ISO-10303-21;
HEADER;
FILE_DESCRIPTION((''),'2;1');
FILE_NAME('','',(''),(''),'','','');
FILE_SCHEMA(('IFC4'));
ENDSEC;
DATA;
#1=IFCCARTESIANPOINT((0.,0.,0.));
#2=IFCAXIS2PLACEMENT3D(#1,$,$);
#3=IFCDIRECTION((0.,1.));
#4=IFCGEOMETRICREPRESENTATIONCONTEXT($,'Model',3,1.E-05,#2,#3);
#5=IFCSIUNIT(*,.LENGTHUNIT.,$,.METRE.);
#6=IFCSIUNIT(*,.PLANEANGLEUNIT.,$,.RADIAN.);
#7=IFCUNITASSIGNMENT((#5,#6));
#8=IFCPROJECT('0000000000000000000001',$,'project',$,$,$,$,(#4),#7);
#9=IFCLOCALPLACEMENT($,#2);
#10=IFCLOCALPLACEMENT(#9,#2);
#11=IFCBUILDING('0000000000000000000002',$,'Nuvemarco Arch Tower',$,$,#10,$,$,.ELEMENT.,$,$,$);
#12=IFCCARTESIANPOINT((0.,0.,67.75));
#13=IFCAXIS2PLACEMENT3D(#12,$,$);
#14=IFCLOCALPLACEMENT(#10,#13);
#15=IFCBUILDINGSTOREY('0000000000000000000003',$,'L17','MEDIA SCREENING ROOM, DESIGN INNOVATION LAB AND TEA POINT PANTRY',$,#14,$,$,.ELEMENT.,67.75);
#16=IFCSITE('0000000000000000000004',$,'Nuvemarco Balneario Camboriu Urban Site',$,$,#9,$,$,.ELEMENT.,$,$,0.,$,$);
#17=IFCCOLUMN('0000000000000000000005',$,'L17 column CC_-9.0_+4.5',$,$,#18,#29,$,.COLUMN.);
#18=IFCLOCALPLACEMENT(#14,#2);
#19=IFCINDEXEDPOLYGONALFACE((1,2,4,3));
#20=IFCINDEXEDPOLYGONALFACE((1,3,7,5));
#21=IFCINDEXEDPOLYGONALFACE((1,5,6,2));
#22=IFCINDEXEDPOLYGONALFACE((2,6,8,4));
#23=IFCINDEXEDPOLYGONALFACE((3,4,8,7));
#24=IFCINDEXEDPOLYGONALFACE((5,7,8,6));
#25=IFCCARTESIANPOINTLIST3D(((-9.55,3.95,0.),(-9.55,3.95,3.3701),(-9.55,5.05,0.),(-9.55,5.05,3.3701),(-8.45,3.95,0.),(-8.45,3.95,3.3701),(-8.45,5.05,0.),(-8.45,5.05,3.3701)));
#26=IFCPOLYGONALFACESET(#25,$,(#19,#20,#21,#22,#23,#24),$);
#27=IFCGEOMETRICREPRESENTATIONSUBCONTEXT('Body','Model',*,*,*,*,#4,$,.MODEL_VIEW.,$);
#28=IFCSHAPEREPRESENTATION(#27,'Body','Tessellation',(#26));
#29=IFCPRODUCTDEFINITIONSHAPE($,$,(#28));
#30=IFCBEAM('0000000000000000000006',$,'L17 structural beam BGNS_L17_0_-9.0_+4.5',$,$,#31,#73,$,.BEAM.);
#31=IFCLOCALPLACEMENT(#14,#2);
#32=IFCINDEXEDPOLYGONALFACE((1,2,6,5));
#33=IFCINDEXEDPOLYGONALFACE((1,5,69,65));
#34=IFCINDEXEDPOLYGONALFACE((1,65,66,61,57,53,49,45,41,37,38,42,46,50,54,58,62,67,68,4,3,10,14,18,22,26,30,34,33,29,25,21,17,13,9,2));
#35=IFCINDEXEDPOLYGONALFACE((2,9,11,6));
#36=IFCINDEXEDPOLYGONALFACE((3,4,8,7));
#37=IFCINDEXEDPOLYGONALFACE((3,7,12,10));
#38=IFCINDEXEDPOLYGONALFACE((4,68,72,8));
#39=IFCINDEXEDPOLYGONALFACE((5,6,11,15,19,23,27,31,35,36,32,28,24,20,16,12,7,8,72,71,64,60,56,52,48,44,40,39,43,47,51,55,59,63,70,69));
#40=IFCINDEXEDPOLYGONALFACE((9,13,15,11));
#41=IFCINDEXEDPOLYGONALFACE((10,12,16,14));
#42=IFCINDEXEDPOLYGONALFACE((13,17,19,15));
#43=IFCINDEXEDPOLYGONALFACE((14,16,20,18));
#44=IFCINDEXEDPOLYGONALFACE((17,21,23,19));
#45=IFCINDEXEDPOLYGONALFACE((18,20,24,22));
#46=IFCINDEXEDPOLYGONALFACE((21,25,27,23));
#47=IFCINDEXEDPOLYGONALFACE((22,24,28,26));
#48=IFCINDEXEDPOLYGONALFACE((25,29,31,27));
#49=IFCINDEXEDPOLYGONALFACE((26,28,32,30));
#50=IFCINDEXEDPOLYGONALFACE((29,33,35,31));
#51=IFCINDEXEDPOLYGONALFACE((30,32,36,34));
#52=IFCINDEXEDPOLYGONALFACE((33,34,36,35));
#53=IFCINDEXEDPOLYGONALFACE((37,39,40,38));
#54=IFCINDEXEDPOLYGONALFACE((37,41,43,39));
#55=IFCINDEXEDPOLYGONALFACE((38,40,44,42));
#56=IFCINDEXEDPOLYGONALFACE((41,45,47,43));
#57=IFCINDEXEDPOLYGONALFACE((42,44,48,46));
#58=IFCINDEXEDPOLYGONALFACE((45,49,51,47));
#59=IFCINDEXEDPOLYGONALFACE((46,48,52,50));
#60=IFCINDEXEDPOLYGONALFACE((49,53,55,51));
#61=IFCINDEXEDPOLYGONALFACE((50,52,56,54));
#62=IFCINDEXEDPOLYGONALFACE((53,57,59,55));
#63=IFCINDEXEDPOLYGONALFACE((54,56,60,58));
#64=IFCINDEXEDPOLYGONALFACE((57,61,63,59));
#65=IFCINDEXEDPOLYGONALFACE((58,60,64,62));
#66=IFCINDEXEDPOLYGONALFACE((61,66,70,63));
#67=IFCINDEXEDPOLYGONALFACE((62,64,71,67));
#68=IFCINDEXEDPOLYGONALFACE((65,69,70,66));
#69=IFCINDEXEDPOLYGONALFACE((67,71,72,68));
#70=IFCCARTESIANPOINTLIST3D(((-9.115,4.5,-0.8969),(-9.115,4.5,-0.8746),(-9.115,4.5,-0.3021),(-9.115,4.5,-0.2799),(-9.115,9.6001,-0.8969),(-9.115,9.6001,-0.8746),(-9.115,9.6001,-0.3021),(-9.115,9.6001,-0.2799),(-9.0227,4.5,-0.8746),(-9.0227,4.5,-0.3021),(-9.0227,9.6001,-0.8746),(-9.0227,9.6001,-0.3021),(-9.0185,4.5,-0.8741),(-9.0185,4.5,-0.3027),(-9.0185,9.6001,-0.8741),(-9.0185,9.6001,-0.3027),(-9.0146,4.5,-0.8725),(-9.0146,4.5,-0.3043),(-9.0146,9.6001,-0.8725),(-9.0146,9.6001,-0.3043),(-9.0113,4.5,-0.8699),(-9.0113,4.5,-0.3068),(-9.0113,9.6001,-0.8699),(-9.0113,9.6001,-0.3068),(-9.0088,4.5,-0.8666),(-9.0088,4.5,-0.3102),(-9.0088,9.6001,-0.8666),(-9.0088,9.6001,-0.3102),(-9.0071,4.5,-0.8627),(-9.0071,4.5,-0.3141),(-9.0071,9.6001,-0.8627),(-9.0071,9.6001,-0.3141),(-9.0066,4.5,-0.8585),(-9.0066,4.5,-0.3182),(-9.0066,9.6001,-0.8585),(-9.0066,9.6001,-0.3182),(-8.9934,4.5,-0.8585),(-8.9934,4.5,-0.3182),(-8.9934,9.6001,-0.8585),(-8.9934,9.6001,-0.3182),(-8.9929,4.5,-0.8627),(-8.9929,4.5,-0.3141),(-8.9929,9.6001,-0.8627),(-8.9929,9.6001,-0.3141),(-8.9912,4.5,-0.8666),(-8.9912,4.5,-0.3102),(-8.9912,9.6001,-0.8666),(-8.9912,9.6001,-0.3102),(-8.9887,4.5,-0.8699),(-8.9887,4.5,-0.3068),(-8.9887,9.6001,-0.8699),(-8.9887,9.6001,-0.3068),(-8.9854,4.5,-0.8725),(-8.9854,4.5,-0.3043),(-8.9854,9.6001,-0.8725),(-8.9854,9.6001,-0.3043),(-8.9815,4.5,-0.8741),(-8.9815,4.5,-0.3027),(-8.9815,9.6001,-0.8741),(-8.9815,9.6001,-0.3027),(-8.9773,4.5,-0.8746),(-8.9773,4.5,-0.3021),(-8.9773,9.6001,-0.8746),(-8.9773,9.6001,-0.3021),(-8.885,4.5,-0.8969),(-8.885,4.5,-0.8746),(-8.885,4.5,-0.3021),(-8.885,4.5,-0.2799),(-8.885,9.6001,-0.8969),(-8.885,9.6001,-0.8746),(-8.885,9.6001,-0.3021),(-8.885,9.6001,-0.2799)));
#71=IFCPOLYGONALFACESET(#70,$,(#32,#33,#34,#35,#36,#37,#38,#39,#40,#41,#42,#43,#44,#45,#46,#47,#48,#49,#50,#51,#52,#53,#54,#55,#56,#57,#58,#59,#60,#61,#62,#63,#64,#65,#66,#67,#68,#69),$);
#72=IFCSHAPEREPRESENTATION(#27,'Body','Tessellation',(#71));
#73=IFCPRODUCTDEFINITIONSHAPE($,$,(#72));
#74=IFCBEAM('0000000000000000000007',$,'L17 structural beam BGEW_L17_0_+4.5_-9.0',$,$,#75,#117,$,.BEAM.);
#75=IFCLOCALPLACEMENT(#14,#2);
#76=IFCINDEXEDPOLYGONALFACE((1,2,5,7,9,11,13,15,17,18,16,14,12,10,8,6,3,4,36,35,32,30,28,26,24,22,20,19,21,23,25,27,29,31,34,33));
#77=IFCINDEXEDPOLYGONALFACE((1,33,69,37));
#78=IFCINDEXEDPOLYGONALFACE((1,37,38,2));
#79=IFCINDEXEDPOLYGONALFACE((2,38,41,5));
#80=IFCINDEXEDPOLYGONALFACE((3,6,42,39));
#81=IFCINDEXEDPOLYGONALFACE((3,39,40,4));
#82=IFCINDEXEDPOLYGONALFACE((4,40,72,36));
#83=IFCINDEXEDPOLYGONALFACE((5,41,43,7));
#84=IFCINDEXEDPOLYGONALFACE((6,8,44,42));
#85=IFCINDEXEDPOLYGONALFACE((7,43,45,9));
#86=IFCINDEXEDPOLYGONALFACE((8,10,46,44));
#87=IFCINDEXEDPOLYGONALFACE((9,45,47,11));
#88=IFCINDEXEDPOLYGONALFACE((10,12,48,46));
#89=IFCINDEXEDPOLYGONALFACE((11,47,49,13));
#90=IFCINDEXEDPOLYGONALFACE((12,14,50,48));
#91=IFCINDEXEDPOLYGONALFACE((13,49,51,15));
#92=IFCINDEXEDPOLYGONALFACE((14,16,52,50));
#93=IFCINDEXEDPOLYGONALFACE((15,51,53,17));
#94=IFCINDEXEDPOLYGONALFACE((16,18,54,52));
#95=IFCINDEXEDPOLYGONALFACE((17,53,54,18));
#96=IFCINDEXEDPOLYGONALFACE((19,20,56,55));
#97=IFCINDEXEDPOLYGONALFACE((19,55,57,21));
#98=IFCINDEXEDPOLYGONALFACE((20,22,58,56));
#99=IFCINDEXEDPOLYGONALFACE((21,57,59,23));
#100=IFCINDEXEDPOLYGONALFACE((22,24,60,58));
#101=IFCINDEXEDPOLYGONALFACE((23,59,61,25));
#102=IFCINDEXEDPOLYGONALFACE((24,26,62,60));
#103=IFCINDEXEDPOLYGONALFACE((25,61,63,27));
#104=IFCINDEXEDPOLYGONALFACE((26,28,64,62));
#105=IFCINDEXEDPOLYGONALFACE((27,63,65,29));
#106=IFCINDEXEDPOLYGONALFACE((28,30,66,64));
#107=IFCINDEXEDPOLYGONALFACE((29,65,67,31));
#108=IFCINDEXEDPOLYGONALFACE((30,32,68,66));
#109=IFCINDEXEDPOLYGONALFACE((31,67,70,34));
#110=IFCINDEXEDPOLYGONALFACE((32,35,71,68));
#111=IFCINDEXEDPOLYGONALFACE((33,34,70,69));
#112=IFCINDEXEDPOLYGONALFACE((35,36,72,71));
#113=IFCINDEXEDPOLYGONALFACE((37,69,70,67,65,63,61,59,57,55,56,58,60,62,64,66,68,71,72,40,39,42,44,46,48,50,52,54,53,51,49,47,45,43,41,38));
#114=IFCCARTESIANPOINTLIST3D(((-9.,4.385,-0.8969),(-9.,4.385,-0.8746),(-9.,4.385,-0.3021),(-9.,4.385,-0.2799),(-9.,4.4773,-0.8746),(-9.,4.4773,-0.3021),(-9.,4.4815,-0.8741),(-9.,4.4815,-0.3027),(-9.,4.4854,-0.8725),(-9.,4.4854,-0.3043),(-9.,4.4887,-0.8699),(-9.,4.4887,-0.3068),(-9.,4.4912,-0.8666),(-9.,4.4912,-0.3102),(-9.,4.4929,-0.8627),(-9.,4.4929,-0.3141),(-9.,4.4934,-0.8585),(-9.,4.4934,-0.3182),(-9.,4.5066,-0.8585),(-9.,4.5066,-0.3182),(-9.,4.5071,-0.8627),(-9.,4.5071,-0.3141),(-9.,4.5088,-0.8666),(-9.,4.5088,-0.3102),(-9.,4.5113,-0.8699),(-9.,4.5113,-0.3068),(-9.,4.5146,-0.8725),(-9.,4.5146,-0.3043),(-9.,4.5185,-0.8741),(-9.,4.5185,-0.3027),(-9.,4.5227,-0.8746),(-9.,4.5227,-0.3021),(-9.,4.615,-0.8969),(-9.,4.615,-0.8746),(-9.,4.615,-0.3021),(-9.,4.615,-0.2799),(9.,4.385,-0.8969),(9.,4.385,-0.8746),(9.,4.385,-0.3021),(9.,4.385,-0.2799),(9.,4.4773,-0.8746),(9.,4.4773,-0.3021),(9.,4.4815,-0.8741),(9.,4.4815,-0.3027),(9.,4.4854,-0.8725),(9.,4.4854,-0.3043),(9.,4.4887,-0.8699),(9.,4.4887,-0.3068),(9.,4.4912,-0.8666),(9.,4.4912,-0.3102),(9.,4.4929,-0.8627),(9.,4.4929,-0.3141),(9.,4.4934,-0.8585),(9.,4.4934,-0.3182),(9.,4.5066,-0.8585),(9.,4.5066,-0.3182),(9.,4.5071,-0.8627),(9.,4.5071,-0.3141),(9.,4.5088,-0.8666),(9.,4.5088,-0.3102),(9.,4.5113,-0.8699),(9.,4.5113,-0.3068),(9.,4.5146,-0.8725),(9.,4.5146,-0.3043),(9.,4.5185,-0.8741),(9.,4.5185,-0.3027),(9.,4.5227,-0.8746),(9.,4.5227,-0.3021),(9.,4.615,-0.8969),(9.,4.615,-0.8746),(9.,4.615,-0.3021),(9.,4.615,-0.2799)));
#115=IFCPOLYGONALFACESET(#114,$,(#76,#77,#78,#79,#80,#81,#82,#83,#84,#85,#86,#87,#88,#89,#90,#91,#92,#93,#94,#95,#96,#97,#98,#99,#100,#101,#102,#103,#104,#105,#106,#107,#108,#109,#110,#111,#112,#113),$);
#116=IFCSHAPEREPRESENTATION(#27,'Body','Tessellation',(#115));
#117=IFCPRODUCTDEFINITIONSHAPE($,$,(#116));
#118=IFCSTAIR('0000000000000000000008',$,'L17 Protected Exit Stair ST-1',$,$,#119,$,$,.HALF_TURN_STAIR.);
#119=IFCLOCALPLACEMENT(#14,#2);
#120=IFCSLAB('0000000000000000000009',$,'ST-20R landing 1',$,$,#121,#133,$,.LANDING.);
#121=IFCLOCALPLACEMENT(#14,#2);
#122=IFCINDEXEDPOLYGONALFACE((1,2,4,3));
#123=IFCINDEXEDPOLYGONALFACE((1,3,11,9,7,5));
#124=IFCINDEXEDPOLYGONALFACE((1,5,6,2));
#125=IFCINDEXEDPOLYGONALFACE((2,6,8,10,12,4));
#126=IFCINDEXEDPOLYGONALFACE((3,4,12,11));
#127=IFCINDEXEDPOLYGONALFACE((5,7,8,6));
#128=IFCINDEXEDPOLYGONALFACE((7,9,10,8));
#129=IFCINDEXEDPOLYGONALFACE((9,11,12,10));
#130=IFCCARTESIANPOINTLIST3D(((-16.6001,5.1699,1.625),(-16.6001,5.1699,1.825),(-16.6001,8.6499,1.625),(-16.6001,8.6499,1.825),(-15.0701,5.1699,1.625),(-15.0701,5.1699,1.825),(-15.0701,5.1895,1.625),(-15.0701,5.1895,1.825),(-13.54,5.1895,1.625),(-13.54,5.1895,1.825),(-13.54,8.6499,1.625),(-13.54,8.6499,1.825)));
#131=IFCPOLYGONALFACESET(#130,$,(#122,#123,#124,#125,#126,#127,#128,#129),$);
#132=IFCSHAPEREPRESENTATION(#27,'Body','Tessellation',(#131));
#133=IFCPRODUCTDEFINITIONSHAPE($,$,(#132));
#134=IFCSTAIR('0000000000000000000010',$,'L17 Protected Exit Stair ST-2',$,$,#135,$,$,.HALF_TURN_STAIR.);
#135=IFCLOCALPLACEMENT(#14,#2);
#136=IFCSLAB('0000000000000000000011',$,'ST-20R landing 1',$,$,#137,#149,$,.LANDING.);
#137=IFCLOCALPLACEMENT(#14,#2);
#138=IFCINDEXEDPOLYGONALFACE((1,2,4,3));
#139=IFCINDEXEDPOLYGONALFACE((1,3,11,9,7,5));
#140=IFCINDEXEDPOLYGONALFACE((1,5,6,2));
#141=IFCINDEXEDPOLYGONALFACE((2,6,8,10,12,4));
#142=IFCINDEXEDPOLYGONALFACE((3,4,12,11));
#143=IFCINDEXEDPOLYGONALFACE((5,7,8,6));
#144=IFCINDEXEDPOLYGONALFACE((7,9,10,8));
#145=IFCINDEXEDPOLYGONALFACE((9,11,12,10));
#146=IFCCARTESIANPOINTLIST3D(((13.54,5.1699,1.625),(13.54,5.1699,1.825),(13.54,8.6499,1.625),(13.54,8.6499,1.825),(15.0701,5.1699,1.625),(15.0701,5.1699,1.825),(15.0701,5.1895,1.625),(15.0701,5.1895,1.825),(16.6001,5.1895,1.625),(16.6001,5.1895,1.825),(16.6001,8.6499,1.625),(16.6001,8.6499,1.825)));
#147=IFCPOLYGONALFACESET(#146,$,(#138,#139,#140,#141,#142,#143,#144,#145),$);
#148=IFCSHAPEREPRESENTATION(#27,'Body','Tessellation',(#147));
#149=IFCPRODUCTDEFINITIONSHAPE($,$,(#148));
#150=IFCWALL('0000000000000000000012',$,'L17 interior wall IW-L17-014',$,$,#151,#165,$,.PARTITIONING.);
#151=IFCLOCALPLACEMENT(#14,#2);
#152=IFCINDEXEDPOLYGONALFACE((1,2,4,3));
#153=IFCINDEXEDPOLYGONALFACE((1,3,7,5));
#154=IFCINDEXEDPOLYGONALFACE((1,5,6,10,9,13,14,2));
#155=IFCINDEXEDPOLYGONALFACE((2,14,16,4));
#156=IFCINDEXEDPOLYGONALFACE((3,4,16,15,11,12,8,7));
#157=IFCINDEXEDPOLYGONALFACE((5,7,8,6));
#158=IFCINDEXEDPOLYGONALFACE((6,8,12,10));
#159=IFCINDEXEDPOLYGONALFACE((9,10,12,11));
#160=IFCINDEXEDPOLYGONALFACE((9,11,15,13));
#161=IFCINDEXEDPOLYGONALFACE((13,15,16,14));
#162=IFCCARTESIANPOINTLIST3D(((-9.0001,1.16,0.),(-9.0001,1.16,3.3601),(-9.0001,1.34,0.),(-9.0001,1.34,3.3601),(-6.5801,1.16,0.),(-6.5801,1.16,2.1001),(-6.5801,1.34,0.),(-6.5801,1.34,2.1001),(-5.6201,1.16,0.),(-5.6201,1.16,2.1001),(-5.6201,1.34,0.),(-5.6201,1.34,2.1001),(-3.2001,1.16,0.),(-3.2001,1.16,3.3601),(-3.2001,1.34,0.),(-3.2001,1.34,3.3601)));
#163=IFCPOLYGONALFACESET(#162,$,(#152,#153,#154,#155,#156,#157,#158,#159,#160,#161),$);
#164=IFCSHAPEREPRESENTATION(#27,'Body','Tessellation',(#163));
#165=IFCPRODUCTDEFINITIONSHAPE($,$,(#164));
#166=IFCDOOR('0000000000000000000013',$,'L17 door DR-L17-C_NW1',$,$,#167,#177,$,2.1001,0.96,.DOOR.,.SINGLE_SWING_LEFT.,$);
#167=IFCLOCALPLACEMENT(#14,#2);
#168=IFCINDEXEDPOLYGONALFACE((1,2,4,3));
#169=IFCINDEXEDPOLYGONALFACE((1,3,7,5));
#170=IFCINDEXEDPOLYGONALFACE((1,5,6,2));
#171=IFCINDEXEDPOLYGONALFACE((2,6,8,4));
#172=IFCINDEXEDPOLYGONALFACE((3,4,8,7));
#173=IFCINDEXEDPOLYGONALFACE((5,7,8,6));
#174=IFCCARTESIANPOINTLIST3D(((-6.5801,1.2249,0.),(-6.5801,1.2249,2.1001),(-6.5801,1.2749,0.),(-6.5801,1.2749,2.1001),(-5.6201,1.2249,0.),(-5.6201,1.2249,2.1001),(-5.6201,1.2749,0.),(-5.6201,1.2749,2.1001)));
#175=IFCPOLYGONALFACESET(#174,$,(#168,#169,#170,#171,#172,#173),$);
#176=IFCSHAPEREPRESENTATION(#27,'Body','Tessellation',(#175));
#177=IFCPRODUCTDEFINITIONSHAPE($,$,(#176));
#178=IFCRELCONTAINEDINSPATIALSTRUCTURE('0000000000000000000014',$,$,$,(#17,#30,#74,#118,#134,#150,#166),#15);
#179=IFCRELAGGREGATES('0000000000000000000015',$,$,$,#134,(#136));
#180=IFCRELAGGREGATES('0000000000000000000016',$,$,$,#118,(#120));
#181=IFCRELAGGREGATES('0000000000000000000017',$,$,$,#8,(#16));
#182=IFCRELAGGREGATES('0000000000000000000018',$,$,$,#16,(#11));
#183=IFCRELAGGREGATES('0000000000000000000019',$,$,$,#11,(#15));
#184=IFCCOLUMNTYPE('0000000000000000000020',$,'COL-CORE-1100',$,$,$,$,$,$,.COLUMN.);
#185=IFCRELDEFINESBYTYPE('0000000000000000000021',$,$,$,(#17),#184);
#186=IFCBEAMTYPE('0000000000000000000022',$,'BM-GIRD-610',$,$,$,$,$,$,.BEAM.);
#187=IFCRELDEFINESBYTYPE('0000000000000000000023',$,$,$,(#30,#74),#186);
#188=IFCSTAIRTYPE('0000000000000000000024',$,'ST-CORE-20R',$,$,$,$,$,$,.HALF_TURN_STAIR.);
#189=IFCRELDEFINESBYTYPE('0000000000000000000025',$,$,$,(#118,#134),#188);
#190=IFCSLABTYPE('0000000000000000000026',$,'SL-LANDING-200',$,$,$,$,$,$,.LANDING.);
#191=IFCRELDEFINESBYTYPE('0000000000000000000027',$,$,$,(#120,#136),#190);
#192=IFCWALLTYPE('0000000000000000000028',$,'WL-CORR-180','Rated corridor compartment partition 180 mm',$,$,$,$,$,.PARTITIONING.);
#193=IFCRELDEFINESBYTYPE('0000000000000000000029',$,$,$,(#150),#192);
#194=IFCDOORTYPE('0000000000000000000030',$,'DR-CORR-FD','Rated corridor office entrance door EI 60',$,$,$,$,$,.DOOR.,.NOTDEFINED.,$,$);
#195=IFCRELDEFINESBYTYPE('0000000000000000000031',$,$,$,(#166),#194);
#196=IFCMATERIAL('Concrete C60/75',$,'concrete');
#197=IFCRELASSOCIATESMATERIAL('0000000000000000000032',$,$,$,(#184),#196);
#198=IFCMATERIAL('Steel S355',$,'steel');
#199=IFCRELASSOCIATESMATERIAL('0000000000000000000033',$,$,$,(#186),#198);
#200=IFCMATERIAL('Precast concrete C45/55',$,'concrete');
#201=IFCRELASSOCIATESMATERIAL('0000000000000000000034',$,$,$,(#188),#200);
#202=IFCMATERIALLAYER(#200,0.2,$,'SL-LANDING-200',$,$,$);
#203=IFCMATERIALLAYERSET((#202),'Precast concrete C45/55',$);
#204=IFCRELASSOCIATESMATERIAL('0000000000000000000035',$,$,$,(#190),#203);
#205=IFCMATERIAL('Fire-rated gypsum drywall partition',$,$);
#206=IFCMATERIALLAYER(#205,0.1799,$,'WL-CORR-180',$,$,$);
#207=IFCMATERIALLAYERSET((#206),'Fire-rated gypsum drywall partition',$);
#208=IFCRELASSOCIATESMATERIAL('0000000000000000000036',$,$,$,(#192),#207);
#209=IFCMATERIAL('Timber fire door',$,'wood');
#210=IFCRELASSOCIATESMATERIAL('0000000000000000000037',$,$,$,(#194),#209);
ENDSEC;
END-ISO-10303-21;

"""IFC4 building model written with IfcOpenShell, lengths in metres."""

from ifc_helpers import new_model, si_unit, direction, frame, frame_2d, origin, origin_2d, place, context, subcontext, project, spatial, polyline, rectangle, i_section, outline, extrude, source, transform, mapped, material, layer, layer_set, material_profile, profile_set, type_object, type_shapes, element, fill, aggregate, save


model = new_model("IFC4")

# Units and contexts
model_context = context("Model", 3, precision=1e-05, world=origin(), true_north=direction((0.0, 1.0)))
body_context = subcontext(model_context, "Body", "Model", "MODEL_VIEW")
ifc_project = project(units=[si_unit("LENGTHUNIT", "METRE"), si_unit("PLANEANGLEUNIT", "RADIAN")], contexts=[model_context])

# Site, building, storey
site_placement = place(None, origin())
site = spatial("IfcSite", under=ifc_project, at=site_placement, Name="Nuvemarco Balneario Camboriu Urban Site", CompositionType="ELEMENT", RefElevation=0.0)
building_placement = place(site_placement, origin())
building = spatial("IfcBuilding", under=site, at=building_placement, Name="Nuvemarco Arch Tower", CompositionType="ELEMENT")
storey_placement = place(building_placement, frame((0.0, 0.0, 67.75)))
storey = spatial("IfcBuildingStorey", under=building, at=storey_placement, Name="L17", Description="MEDIA SCREENING ROOM, DESIGN INNOVATION LAB AND TEA POINT PANTRY", CompositionType="ELEMENT", Elevation=67.75)

# Column
ifc_material_1 = material(Name="Concrete C60/75", Category="concrete")
ifc_material_profile_1 = material_profile(ifc_material_1, rectangle(XDim=1.1001, YDim=1.1001, at=origin_2d()), Name="RC-COL-1100x1100")
ifc_profile_set_1 = profile_set([ifc_material_profile_1], Name="Concrete C60/75")
column_type = type_object("IfcColumnType", Name="COL-CORE-1100", PredefinedType="COLUMN", material=ifc_profile_set_1)
column_placement = place(storey_placement, frame((-9.0, 4.5, 0.0), z_axis=(0.0, 0.0, 1.0), x_axis=(1.0, 0.0, 0.0)))
element("IfcColumn", 1, at=column_placement, inside=storey, type_object=column_type, Name="L17 column CC_-9.0_+4.5", PredefinedType="COLUMN", context=body_context, shape_type="SweptSolid", body=[
    extrude(rectangle(XDim=1.1001, YDim=1.1001, at=origin_2d()), origin(), (0.0, 0.0, 1.0), 3.3701),
])

# Beams
ifc_material_2 = material(Name="Steel S355", Category="steel")
ifc_material_profile_2 = material_profile(ifc_material_2, i_section(OverallWidth=0.23, OverallDepth=0.6169, WebThickness=0.0132, FlangeThickness=0.0222, FilletRadius=0.0161, at=origin_2d()), Name="W610x140")
ifc_profile_set_2 = profile_set([ifc_material_profile_2], Name="Steel S355")
beam_type = type_object("IfcBeamType", Name="BM-GIRD-610", PredefinedType="BEAM", material=ifc_profile_set_2)
beam_1_placement = place(storey_placement, frame((-9.0, 4.5, -0.5884), z_axis=(0.0, 1.0, 0.0), x_axis=(-1.0, 0.0, 0.0)))
element("IfcBeam", 2, at=beam_1_placement, inside=storey, type_object=beam_type, Name="L17 structural beam BGNS_L17_0_-9.0_+4.5", PredefinedType="BEAM", context=body_context, shape_type="SweptSolid", body=[
    extrude(i_section(OverallWidth=0.23, OverallDepth=0.6169, WebThickness=0.0132, FlangeThickness=0.0222, FilletRadius=0.0161, at=origin_2d()), origin(), (0.0, 0.0, 1.0), 5.1001),
])
beam_2_placement = place(storey_placement, frame((-9.0, 4.5, -0.5884), z_axis=(1.0, 0.0, 0.0), x_axis=(0.0, 1.0, 0.0)))
element("IfcBeam", 3, at=beam_2_placement, inside=storey, type_object=beam_type, Name="L17 structural beam BGEW_L17_0_+4.5_-9.0", PredefinedType="BEAM", context=body_context, shape_type="SweptSolid", body=[
    extrude(i_section(OverallWidth=0.23, OverallDepth=0.6169, WebThickness=0.0132, FlangeThickness=0.0222, FilletRadius=0.0161, at=origin_2d()), origin(), (0.0, 0.0, 1.0), 18.0),
])

# Stairs, slabs
ifc_material_3 = material(Name="Precast concrete C45/55", Category="concrete")
stair_type = type_object("IfcStairType", Name="ST-CORE-20R", PredefinedType="HALF_TURN_STAIR", material=ifc_material_3)
stair_1_placement = place(storey_placement, origin())
stair_1 = element("IfcStair", 4, at=stair_1_placement, inside=storey, type_object=stair_type, Name="L17 Protected Exit Stair ST-1", PredefinedType="HALF_TURN_STAIR")
ifc_layer_1 = layer(ifc_material_3, 0.2, Name="SL-LANDING-200")
ifc_layer_set_1 = layer_set([ifc_layer_1], Name="Precast concrete C45/55")
slab_type = type_object("IfcSlabType", Name="SL-LANDING-200", PredefinedType="LANDING", material=ifc_layer_set_1)
slab_1_placement = place(storey_placement, frame((0.0, 0.0, 1.625)))
slab_1 = element("IfcSlab", 5, at=slab_1_placement, type_object=slab_type, Name="ST-20R landing 1", PredefinedType="LANDING", context=body_context, shape_type="SweptSolid", body=[
    extrude(outline(polyline([(-13.54, 5.1895), (-13.54, 8.6499), (-16.6001, 8.6499), (-16.6001, 5.1699), (-15.0701, 5.1699), (-15.0701, 5.1895), (-13.54, 5.1895)])), origin(), (0.0, 0.0, 1.0), 0.2),
])
stair_2_placement = place(storey_placement, origin())
stair_2 = element("IfcStair", 6, at=stair_2_placement, inside=storey, type_object=stair_type, Name="L17 Protected Exit Stair ST-2", PredefinedType="HALF_TURN_STAIR")
slab_2_placement = place(storey_placement, frame((0.0, 0.0, 1.625)))
slab_2 = element("IfcSlab", 7, at=slab_2_placement, type_object=slab_type, Name="ST-20R landing 1", PredefinedType="LANDING", context=body_context, shape_type="SweptSolid", body=[
    extrude(outline(polyline([(16.6001, 5.1895), (16.6001, 8.6499), (13.54, 8.6499), (13.54, 5.1699), (15.0701, 5.1699), (15.0701, 5.1895), (16.6001, 5.1895)])), origin(), (0.0, 0.0, 1.0), 0.2),
])
aggregate(stair_2, [slab_2])

# Wall, opening, door
ifc_material_4 = material(Name="Fire-rated gypsum drywall partition")
ifc_layer_2 = layer(ifc_material_4, 0.1799, Name="WL-CORR-180")
ifc_layer_set_2 = layer_set([ifc_layer_2], Name="Fire-rated gypsum drywall partition")
wall_type_1 = type_object("IfcWallType", Name="WL-CORR-180", Description="Rated corridor compartment partition 180 mm", PredefinedType="PARTITIONING", material=ifc_layer_set_2)
wall_1_placement = place(storey_placement, frame((-9.0, 1.25, 0.0), z_axis=(0.0, 0.0, 1.0), x_axis=(1.0, 0.0, 0.0)))
wall_1 = element("IfcWall", 8, at=wall_1_placement, inside=storey, type_object=wall_type_1, Name="L17 interior wall IW-L17-014", PredefinedType="PARTITIONING", context=body_context, shape_type="SweptSolid", body=[
    extrude(rectangle(XDim=5.8, YDim=0.1799, at=frame_2d((2.8999, 0.0))), origin(), (0.0, 0.0, 1.0), 3.3601),
])
opening_1_placement = place(wall_1_placement, frame((2.4199, 0.0, 0.0)))
opening_1 = element("IfcOpeningElement", 9, at=opening_1_placement, cuts=wall_1, PredefinedType="OPENING", context=body_context, shape_type="SweptSolid", body=[
    extrude(rectangle(XDim=0.96, YDim=2.1001, at=frame_2d((0.48, 1.05))), frame((0.0, 0.0999, 0.0), z_axis=(0.0, -1.0, 0.0), x_axis=(1.0, 0.0, 0.0)), (0.0, 0.0, 1.0), 0.2),
])
ifc_material_5 = material(Name="Timber fire door", Category="wood")
door_type_1 = type_object("IfcDoorType", Name="DR-CORR-FD", Description="Rated corridor office entrance door EI 60", OperationType="NOTDEFINED", PredefinedType="DOOR", material=ifc_material_5)
shared_shape_1 = source(origin(), body_context, "Body", "SweptSolid", [
    extrude(rectangle(XDim=0.96, YDim=2.1001, at=frame_2d((0.48, 1.05))), frame((0.0, 0.0249, 0.0), z_axis=(0.0, -1.0, 0.0), x_axis=(1.0, 0.0, 0.0)), (0.0, 0.0, 1.0), 0.05),
])
type_shapes(door_type_1, [shared_shape_1])
door_1_placement = place(opening_1_placement, origin())
door_1 = element("IfcDoor", 10, at=door_1_placement, inside=storey, type_object=door_type_1, Name="L17 door DR-L17-C_NW1", OperationType="SINGLE_SWING_LEFT", OverallHeight=2.1001, OverallWidth=0.96, PredefinedType="DOOR", context=body_context, shape_type="MappedRepresentation", body=[
    mapped(shared_shape_1, transform((0.0, 0.0, 0.0), scale=1.0)),
])
fill(opening_1, door_1)

aggregate(stair_1, [slab_1])

save(model, "model.ifc")
